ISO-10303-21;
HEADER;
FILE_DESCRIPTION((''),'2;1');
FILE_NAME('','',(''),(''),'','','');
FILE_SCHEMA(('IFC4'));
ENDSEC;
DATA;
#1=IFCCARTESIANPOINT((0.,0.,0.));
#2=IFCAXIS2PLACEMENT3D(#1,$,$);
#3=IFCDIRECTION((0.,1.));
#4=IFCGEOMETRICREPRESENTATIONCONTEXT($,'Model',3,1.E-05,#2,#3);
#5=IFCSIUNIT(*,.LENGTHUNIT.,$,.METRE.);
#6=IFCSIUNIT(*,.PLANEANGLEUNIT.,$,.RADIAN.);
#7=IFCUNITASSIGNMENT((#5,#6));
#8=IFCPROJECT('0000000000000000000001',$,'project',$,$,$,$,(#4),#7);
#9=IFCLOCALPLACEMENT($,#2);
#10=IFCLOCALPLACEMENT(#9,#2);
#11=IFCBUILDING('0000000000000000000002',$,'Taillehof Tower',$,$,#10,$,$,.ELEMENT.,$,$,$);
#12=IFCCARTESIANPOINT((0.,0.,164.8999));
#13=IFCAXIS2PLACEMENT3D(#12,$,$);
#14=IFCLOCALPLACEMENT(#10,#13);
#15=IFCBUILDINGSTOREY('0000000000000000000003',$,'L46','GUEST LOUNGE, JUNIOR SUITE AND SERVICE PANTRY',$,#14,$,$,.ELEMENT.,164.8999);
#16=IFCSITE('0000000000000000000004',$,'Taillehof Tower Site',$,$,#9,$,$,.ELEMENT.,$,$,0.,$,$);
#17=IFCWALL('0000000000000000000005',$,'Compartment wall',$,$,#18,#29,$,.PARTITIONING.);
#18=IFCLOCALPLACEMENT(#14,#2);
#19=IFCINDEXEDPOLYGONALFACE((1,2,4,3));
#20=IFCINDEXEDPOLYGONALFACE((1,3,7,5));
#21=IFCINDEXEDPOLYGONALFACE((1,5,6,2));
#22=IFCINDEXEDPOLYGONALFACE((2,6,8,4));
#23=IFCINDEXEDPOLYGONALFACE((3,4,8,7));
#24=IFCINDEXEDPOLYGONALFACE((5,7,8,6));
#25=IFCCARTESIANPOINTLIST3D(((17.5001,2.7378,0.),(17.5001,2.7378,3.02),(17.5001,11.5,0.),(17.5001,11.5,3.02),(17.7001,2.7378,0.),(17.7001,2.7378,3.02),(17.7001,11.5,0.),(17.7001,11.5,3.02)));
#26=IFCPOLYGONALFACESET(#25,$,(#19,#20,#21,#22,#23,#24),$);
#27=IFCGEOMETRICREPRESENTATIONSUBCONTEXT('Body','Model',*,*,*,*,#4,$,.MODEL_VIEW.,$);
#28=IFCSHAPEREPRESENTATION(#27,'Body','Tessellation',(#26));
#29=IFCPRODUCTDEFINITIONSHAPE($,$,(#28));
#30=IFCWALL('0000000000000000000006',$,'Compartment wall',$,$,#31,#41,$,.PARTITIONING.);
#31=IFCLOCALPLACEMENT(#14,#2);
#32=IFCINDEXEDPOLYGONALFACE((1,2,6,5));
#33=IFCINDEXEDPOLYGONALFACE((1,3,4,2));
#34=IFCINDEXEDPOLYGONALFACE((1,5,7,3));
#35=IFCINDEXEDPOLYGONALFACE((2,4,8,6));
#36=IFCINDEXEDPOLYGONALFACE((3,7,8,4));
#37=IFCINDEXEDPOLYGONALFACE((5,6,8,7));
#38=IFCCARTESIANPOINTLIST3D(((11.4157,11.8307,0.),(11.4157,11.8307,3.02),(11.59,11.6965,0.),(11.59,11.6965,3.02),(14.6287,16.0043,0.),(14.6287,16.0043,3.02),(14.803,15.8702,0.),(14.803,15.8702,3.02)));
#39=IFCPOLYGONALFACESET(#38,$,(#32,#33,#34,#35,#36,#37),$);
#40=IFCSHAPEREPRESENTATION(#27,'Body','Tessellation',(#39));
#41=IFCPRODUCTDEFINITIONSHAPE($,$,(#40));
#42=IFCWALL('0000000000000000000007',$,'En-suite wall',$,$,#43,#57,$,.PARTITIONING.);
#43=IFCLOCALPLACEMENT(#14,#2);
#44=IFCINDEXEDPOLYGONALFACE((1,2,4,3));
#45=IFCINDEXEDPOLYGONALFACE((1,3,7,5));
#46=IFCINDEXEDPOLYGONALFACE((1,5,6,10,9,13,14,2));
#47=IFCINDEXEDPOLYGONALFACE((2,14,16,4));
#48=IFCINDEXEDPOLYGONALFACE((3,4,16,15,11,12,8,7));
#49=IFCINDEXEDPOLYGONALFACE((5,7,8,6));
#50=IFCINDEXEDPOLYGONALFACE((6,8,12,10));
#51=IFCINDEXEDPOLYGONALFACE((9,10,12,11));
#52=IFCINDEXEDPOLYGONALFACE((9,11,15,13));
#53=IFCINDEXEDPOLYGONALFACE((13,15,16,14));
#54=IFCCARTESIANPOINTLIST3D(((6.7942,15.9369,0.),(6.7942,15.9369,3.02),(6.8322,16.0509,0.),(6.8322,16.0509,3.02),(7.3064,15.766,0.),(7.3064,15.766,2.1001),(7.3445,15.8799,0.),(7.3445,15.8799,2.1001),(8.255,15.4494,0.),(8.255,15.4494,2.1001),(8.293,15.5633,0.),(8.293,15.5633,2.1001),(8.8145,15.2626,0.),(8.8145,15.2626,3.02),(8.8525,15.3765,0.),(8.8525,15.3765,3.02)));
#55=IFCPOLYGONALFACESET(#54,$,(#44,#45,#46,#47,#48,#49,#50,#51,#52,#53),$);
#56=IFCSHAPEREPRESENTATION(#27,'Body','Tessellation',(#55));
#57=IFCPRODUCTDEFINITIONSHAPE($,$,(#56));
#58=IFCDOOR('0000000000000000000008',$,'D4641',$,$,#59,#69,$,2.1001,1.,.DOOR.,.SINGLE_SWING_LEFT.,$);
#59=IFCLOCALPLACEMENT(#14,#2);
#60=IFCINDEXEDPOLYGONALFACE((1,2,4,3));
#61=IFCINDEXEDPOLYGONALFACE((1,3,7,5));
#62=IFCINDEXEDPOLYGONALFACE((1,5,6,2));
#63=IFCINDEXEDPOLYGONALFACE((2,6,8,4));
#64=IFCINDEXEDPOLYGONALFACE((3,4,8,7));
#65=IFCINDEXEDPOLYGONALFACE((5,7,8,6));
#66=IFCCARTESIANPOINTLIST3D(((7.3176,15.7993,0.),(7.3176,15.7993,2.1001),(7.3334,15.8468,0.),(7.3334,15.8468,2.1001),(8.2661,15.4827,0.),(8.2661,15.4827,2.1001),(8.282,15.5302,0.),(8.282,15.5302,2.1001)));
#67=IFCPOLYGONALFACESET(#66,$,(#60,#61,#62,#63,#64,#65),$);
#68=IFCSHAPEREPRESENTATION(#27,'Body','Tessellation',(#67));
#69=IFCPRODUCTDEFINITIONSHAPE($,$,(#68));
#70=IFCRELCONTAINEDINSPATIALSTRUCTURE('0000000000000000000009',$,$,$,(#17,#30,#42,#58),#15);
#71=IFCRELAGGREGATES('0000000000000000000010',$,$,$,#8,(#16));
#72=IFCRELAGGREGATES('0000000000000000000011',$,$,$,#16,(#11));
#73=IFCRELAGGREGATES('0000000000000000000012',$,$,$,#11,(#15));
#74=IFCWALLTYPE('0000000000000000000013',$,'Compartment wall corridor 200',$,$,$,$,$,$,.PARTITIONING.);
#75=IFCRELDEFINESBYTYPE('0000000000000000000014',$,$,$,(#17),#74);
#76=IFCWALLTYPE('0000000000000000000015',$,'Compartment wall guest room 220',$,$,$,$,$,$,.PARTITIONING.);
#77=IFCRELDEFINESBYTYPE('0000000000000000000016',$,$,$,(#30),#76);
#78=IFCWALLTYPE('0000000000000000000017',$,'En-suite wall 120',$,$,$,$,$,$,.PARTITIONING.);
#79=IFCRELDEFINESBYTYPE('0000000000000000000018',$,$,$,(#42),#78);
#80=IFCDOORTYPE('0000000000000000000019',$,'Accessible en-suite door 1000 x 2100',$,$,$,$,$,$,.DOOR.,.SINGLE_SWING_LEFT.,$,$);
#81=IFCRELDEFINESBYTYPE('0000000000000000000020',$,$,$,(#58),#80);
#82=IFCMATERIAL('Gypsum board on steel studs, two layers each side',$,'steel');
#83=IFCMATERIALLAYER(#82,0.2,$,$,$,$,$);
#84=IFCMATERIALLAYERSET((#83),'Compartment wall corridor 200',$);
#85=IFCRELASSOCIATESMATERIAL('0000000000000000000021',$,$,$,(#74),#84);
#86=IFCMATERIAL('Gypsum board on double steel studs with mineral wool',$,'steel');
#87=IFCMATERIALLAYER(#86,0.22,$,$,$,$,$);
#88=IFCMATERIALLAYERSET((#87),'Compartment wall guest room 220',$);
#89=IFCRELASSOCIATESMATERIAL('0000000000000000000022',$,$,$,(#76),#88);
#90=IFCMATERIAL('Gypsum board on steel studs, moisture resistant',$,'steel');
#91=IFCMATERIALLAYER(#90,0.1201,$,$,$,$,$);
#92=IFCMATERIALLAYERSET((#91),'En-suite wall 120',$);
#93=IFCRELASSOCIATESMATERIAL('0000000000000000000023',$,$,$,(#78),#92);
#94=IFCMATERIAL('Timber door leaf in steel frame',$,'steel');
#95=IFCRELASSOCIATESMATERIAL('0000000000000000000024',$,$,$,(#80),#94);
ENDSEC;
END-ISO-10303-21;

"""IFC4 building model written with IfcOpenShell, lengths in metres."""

from ifc_helpers import new_model, si_unit, direction, frame, frame_2d, origin, place, context, subcontext, project, spatial, rectangle, extrude, material, layer, layer_set, type_object, element, fill, save


model = new_model("IFC4")

# Units and contexts
model_context = context("Model", 3, precision=1e-05, world=origin(), true_north=direction((0.0, 1.0)))
body_context = subcontext(model_context, "Body", "Model", "MODEL_VIEW")
ifc_project = project(units=[si_unit("LENGTHUNIT", "METRE"), si_unit("PLANEANGLEUNIT", "RADIAN")], contexts=[model_context])

# Site, building, storey
site_placement = place(None, origin())
site = spatial("IfcSite", under=ifc_project, at=site_placement, Name="Taillehof Tower Site", CompositionType="ELEMENT", RefElevation=0.0)
building_placement = place(site_placement, origin())
building = spatial("IfcBuilding", under=site, at=building_placement, Name="Taillehof Tower", CompositionType="ELEMENT")
storey_placement = place(building_placement, frame((0.0, 0.0, 164.8999)))
storey = spatial("IfcBuildingStorey", under=building, at=storey_placement, Name="L46", Description="GUEST LOUNGE, JUNIOR SUITE AND SERVICE PANTRY", CompositionType="ELEMENT", Elevation=164.8999)

# Shared definitions
ifc_material_1 = material(Name="Gypsum board on steel studs, two layers each side", Category="steel")
ifc_layer_1 = layer(ifc_material_1, 0.2)
ifc_layer_set_1 = layer_set([ifc_layer_1], Name="Compartment wall corridor 200")
wall_type_1 = type_object("IfcWallType", Name="Compartment wall corridor 200", PredefinedType="PARTITIONING", material=ifc_layer_set_1)

# Walls
wall_1_placement = place(storey_placement, frame((17.6001, 11.5, 0.0), z_axis=(0.0, 0.0, 1.0), x_axis=(0.0, -1.0, 0.0)))
element("IfcWall", 1, at=wall_1_placement, inside=storey, type_object=wall_type_1, Name="Compartment wall", PredefinedType="PARTITIONING", context=body_context, shape_type="SweptSolid", body=[
    extrude(rectangle(XDim=8.7622, YDim=0.2, at=frame_2d((4.3811, 0.0))), origin(), (0.0, 0.0, 1.0), 3.02),
])
ifc_material_2 = material(Name="Gypsum board on double steel studs with mineral wool", Category="steel")
ifc_layer_2 = layer(ifc_material_2, 0.22)
ifc_layer_set_2 = layer_set([ifc_layer_2], Name="Compartment wall guest room 220")
wall_type_2 = type_object("IfcWallType", Name="Compartment wall guest room 220", PredefinedType="PARTITIONING", material=ifc_layer_set_2)
wall_2_placement = place(storey_placement, frame((14.7158, 15.9373, 0.0), z_axis=(0.0, 0.0, 1.0), x_axis=(-0.610002, -0.7924, 0.0)))
element("IfcWall", 2, at=wall_2_placement, inside=storey, type_object=wall_type_2, Name="Compartment wall", PredefinedType="PARTITIONING", context=body_context, shape_type="SweptSolid", body=[
    extrude(rectangle(XDim=5.2671, YDim=0.22, at=frame_2d((2.6335, 0.0))), origin(), (0.0, 0.0, 1.0), 3.02),
])

# Wall, opening, door
ifc_material_3 = material(Name="Gypsum board on steel studs, moisture resistant", Category="steel")
ifc_layer_3 = layer(ifc_material_3, 0.1201)
ifc_layer_set_3 = layer_set([ifc_layer_3], Name="En-suite wall 120")
wall_type_3 = type_object("IfcWallType", Name="En-suite wall 120", PredefinedType="PARTITIONING", material=ifc_layer_set_3)
wall_3_placement = place(storey_placement, frame((8.8335, 15.3196, 0.0), z_axis=(0.0, 0.0, 1.0), x_axis=(-0.948557, 0.316606, 0.0)))
wall_3 = element("IfcWall", 3, at=wall_3_placement, inside=storey, type_object=wall_type_3, Name="En-suite wall", PredefinedType="PARTITIONING", context=body_context, shape_type="SweptSolid", body=[
    extrude(rectangle(XDim=2.1299, YDim=0.1201, at=frame_2d((1.0649, 0.0))), origin(), (0.0, 0.0, 1.0), 3.02),
])
opening_1_placement = place(wall_3_placement, frame((0.5898, 0.0, 0.0)))
opening_1 = element("IfcOpeningElement", 4, at=opening_1_placement, cuts=wall_3, PredefinedType="OPENING", context=body_context, shape_type="SweptSolid", body=[
    extrude(rectangle(XDim=1.0, YDim=2.1001, at=frame_2d((0.5, 1.05))), frame((0.0, 0.0701, 0.0), z_axis=(0.0, -1.0, 0.0), x_axis=(1.0, 0.0, 0.0)), (0.0, 0.0, 1.0), 0.1401),
])
ifc_material_4 = material(Name="Timber door leaf in steel frame", Category="steel")
door_type_1 = type_object("IfcDoorType", Name="Accessible en-suite door 1000 x 2100", OperationType="SINGLE_SWING_LEFT", PredefinedType="DOOR", material=ifc_material_4)
door_1_placement = place(opening_1_placement, origin())
door_1 = element("IfcDoor", 5, at=door_1_placement, inside=storey, type_object=door_type_1, Name="D4641", OperationType="SINGLE_SWING_LEFT", OverallHeight=2.1001, OverallWidth=1.0, PredefinedType="DOOR", context=body_context, shape_type="SweptSolid", body=[
    extrude(rectangle(XDim=1.0, YDim=2.1001, at=frame_2d((0.5, 1.05))), frame((0.0, 0.0249, 0.0), z_axis=(0.0, -1.0, 0.0), x_axis=(1.0, 0.0, 0.0)), (0.0, 0.0, 1.0), 0.05),
])
fill(opening_1, door_1)

save(model, "model.ifc")
